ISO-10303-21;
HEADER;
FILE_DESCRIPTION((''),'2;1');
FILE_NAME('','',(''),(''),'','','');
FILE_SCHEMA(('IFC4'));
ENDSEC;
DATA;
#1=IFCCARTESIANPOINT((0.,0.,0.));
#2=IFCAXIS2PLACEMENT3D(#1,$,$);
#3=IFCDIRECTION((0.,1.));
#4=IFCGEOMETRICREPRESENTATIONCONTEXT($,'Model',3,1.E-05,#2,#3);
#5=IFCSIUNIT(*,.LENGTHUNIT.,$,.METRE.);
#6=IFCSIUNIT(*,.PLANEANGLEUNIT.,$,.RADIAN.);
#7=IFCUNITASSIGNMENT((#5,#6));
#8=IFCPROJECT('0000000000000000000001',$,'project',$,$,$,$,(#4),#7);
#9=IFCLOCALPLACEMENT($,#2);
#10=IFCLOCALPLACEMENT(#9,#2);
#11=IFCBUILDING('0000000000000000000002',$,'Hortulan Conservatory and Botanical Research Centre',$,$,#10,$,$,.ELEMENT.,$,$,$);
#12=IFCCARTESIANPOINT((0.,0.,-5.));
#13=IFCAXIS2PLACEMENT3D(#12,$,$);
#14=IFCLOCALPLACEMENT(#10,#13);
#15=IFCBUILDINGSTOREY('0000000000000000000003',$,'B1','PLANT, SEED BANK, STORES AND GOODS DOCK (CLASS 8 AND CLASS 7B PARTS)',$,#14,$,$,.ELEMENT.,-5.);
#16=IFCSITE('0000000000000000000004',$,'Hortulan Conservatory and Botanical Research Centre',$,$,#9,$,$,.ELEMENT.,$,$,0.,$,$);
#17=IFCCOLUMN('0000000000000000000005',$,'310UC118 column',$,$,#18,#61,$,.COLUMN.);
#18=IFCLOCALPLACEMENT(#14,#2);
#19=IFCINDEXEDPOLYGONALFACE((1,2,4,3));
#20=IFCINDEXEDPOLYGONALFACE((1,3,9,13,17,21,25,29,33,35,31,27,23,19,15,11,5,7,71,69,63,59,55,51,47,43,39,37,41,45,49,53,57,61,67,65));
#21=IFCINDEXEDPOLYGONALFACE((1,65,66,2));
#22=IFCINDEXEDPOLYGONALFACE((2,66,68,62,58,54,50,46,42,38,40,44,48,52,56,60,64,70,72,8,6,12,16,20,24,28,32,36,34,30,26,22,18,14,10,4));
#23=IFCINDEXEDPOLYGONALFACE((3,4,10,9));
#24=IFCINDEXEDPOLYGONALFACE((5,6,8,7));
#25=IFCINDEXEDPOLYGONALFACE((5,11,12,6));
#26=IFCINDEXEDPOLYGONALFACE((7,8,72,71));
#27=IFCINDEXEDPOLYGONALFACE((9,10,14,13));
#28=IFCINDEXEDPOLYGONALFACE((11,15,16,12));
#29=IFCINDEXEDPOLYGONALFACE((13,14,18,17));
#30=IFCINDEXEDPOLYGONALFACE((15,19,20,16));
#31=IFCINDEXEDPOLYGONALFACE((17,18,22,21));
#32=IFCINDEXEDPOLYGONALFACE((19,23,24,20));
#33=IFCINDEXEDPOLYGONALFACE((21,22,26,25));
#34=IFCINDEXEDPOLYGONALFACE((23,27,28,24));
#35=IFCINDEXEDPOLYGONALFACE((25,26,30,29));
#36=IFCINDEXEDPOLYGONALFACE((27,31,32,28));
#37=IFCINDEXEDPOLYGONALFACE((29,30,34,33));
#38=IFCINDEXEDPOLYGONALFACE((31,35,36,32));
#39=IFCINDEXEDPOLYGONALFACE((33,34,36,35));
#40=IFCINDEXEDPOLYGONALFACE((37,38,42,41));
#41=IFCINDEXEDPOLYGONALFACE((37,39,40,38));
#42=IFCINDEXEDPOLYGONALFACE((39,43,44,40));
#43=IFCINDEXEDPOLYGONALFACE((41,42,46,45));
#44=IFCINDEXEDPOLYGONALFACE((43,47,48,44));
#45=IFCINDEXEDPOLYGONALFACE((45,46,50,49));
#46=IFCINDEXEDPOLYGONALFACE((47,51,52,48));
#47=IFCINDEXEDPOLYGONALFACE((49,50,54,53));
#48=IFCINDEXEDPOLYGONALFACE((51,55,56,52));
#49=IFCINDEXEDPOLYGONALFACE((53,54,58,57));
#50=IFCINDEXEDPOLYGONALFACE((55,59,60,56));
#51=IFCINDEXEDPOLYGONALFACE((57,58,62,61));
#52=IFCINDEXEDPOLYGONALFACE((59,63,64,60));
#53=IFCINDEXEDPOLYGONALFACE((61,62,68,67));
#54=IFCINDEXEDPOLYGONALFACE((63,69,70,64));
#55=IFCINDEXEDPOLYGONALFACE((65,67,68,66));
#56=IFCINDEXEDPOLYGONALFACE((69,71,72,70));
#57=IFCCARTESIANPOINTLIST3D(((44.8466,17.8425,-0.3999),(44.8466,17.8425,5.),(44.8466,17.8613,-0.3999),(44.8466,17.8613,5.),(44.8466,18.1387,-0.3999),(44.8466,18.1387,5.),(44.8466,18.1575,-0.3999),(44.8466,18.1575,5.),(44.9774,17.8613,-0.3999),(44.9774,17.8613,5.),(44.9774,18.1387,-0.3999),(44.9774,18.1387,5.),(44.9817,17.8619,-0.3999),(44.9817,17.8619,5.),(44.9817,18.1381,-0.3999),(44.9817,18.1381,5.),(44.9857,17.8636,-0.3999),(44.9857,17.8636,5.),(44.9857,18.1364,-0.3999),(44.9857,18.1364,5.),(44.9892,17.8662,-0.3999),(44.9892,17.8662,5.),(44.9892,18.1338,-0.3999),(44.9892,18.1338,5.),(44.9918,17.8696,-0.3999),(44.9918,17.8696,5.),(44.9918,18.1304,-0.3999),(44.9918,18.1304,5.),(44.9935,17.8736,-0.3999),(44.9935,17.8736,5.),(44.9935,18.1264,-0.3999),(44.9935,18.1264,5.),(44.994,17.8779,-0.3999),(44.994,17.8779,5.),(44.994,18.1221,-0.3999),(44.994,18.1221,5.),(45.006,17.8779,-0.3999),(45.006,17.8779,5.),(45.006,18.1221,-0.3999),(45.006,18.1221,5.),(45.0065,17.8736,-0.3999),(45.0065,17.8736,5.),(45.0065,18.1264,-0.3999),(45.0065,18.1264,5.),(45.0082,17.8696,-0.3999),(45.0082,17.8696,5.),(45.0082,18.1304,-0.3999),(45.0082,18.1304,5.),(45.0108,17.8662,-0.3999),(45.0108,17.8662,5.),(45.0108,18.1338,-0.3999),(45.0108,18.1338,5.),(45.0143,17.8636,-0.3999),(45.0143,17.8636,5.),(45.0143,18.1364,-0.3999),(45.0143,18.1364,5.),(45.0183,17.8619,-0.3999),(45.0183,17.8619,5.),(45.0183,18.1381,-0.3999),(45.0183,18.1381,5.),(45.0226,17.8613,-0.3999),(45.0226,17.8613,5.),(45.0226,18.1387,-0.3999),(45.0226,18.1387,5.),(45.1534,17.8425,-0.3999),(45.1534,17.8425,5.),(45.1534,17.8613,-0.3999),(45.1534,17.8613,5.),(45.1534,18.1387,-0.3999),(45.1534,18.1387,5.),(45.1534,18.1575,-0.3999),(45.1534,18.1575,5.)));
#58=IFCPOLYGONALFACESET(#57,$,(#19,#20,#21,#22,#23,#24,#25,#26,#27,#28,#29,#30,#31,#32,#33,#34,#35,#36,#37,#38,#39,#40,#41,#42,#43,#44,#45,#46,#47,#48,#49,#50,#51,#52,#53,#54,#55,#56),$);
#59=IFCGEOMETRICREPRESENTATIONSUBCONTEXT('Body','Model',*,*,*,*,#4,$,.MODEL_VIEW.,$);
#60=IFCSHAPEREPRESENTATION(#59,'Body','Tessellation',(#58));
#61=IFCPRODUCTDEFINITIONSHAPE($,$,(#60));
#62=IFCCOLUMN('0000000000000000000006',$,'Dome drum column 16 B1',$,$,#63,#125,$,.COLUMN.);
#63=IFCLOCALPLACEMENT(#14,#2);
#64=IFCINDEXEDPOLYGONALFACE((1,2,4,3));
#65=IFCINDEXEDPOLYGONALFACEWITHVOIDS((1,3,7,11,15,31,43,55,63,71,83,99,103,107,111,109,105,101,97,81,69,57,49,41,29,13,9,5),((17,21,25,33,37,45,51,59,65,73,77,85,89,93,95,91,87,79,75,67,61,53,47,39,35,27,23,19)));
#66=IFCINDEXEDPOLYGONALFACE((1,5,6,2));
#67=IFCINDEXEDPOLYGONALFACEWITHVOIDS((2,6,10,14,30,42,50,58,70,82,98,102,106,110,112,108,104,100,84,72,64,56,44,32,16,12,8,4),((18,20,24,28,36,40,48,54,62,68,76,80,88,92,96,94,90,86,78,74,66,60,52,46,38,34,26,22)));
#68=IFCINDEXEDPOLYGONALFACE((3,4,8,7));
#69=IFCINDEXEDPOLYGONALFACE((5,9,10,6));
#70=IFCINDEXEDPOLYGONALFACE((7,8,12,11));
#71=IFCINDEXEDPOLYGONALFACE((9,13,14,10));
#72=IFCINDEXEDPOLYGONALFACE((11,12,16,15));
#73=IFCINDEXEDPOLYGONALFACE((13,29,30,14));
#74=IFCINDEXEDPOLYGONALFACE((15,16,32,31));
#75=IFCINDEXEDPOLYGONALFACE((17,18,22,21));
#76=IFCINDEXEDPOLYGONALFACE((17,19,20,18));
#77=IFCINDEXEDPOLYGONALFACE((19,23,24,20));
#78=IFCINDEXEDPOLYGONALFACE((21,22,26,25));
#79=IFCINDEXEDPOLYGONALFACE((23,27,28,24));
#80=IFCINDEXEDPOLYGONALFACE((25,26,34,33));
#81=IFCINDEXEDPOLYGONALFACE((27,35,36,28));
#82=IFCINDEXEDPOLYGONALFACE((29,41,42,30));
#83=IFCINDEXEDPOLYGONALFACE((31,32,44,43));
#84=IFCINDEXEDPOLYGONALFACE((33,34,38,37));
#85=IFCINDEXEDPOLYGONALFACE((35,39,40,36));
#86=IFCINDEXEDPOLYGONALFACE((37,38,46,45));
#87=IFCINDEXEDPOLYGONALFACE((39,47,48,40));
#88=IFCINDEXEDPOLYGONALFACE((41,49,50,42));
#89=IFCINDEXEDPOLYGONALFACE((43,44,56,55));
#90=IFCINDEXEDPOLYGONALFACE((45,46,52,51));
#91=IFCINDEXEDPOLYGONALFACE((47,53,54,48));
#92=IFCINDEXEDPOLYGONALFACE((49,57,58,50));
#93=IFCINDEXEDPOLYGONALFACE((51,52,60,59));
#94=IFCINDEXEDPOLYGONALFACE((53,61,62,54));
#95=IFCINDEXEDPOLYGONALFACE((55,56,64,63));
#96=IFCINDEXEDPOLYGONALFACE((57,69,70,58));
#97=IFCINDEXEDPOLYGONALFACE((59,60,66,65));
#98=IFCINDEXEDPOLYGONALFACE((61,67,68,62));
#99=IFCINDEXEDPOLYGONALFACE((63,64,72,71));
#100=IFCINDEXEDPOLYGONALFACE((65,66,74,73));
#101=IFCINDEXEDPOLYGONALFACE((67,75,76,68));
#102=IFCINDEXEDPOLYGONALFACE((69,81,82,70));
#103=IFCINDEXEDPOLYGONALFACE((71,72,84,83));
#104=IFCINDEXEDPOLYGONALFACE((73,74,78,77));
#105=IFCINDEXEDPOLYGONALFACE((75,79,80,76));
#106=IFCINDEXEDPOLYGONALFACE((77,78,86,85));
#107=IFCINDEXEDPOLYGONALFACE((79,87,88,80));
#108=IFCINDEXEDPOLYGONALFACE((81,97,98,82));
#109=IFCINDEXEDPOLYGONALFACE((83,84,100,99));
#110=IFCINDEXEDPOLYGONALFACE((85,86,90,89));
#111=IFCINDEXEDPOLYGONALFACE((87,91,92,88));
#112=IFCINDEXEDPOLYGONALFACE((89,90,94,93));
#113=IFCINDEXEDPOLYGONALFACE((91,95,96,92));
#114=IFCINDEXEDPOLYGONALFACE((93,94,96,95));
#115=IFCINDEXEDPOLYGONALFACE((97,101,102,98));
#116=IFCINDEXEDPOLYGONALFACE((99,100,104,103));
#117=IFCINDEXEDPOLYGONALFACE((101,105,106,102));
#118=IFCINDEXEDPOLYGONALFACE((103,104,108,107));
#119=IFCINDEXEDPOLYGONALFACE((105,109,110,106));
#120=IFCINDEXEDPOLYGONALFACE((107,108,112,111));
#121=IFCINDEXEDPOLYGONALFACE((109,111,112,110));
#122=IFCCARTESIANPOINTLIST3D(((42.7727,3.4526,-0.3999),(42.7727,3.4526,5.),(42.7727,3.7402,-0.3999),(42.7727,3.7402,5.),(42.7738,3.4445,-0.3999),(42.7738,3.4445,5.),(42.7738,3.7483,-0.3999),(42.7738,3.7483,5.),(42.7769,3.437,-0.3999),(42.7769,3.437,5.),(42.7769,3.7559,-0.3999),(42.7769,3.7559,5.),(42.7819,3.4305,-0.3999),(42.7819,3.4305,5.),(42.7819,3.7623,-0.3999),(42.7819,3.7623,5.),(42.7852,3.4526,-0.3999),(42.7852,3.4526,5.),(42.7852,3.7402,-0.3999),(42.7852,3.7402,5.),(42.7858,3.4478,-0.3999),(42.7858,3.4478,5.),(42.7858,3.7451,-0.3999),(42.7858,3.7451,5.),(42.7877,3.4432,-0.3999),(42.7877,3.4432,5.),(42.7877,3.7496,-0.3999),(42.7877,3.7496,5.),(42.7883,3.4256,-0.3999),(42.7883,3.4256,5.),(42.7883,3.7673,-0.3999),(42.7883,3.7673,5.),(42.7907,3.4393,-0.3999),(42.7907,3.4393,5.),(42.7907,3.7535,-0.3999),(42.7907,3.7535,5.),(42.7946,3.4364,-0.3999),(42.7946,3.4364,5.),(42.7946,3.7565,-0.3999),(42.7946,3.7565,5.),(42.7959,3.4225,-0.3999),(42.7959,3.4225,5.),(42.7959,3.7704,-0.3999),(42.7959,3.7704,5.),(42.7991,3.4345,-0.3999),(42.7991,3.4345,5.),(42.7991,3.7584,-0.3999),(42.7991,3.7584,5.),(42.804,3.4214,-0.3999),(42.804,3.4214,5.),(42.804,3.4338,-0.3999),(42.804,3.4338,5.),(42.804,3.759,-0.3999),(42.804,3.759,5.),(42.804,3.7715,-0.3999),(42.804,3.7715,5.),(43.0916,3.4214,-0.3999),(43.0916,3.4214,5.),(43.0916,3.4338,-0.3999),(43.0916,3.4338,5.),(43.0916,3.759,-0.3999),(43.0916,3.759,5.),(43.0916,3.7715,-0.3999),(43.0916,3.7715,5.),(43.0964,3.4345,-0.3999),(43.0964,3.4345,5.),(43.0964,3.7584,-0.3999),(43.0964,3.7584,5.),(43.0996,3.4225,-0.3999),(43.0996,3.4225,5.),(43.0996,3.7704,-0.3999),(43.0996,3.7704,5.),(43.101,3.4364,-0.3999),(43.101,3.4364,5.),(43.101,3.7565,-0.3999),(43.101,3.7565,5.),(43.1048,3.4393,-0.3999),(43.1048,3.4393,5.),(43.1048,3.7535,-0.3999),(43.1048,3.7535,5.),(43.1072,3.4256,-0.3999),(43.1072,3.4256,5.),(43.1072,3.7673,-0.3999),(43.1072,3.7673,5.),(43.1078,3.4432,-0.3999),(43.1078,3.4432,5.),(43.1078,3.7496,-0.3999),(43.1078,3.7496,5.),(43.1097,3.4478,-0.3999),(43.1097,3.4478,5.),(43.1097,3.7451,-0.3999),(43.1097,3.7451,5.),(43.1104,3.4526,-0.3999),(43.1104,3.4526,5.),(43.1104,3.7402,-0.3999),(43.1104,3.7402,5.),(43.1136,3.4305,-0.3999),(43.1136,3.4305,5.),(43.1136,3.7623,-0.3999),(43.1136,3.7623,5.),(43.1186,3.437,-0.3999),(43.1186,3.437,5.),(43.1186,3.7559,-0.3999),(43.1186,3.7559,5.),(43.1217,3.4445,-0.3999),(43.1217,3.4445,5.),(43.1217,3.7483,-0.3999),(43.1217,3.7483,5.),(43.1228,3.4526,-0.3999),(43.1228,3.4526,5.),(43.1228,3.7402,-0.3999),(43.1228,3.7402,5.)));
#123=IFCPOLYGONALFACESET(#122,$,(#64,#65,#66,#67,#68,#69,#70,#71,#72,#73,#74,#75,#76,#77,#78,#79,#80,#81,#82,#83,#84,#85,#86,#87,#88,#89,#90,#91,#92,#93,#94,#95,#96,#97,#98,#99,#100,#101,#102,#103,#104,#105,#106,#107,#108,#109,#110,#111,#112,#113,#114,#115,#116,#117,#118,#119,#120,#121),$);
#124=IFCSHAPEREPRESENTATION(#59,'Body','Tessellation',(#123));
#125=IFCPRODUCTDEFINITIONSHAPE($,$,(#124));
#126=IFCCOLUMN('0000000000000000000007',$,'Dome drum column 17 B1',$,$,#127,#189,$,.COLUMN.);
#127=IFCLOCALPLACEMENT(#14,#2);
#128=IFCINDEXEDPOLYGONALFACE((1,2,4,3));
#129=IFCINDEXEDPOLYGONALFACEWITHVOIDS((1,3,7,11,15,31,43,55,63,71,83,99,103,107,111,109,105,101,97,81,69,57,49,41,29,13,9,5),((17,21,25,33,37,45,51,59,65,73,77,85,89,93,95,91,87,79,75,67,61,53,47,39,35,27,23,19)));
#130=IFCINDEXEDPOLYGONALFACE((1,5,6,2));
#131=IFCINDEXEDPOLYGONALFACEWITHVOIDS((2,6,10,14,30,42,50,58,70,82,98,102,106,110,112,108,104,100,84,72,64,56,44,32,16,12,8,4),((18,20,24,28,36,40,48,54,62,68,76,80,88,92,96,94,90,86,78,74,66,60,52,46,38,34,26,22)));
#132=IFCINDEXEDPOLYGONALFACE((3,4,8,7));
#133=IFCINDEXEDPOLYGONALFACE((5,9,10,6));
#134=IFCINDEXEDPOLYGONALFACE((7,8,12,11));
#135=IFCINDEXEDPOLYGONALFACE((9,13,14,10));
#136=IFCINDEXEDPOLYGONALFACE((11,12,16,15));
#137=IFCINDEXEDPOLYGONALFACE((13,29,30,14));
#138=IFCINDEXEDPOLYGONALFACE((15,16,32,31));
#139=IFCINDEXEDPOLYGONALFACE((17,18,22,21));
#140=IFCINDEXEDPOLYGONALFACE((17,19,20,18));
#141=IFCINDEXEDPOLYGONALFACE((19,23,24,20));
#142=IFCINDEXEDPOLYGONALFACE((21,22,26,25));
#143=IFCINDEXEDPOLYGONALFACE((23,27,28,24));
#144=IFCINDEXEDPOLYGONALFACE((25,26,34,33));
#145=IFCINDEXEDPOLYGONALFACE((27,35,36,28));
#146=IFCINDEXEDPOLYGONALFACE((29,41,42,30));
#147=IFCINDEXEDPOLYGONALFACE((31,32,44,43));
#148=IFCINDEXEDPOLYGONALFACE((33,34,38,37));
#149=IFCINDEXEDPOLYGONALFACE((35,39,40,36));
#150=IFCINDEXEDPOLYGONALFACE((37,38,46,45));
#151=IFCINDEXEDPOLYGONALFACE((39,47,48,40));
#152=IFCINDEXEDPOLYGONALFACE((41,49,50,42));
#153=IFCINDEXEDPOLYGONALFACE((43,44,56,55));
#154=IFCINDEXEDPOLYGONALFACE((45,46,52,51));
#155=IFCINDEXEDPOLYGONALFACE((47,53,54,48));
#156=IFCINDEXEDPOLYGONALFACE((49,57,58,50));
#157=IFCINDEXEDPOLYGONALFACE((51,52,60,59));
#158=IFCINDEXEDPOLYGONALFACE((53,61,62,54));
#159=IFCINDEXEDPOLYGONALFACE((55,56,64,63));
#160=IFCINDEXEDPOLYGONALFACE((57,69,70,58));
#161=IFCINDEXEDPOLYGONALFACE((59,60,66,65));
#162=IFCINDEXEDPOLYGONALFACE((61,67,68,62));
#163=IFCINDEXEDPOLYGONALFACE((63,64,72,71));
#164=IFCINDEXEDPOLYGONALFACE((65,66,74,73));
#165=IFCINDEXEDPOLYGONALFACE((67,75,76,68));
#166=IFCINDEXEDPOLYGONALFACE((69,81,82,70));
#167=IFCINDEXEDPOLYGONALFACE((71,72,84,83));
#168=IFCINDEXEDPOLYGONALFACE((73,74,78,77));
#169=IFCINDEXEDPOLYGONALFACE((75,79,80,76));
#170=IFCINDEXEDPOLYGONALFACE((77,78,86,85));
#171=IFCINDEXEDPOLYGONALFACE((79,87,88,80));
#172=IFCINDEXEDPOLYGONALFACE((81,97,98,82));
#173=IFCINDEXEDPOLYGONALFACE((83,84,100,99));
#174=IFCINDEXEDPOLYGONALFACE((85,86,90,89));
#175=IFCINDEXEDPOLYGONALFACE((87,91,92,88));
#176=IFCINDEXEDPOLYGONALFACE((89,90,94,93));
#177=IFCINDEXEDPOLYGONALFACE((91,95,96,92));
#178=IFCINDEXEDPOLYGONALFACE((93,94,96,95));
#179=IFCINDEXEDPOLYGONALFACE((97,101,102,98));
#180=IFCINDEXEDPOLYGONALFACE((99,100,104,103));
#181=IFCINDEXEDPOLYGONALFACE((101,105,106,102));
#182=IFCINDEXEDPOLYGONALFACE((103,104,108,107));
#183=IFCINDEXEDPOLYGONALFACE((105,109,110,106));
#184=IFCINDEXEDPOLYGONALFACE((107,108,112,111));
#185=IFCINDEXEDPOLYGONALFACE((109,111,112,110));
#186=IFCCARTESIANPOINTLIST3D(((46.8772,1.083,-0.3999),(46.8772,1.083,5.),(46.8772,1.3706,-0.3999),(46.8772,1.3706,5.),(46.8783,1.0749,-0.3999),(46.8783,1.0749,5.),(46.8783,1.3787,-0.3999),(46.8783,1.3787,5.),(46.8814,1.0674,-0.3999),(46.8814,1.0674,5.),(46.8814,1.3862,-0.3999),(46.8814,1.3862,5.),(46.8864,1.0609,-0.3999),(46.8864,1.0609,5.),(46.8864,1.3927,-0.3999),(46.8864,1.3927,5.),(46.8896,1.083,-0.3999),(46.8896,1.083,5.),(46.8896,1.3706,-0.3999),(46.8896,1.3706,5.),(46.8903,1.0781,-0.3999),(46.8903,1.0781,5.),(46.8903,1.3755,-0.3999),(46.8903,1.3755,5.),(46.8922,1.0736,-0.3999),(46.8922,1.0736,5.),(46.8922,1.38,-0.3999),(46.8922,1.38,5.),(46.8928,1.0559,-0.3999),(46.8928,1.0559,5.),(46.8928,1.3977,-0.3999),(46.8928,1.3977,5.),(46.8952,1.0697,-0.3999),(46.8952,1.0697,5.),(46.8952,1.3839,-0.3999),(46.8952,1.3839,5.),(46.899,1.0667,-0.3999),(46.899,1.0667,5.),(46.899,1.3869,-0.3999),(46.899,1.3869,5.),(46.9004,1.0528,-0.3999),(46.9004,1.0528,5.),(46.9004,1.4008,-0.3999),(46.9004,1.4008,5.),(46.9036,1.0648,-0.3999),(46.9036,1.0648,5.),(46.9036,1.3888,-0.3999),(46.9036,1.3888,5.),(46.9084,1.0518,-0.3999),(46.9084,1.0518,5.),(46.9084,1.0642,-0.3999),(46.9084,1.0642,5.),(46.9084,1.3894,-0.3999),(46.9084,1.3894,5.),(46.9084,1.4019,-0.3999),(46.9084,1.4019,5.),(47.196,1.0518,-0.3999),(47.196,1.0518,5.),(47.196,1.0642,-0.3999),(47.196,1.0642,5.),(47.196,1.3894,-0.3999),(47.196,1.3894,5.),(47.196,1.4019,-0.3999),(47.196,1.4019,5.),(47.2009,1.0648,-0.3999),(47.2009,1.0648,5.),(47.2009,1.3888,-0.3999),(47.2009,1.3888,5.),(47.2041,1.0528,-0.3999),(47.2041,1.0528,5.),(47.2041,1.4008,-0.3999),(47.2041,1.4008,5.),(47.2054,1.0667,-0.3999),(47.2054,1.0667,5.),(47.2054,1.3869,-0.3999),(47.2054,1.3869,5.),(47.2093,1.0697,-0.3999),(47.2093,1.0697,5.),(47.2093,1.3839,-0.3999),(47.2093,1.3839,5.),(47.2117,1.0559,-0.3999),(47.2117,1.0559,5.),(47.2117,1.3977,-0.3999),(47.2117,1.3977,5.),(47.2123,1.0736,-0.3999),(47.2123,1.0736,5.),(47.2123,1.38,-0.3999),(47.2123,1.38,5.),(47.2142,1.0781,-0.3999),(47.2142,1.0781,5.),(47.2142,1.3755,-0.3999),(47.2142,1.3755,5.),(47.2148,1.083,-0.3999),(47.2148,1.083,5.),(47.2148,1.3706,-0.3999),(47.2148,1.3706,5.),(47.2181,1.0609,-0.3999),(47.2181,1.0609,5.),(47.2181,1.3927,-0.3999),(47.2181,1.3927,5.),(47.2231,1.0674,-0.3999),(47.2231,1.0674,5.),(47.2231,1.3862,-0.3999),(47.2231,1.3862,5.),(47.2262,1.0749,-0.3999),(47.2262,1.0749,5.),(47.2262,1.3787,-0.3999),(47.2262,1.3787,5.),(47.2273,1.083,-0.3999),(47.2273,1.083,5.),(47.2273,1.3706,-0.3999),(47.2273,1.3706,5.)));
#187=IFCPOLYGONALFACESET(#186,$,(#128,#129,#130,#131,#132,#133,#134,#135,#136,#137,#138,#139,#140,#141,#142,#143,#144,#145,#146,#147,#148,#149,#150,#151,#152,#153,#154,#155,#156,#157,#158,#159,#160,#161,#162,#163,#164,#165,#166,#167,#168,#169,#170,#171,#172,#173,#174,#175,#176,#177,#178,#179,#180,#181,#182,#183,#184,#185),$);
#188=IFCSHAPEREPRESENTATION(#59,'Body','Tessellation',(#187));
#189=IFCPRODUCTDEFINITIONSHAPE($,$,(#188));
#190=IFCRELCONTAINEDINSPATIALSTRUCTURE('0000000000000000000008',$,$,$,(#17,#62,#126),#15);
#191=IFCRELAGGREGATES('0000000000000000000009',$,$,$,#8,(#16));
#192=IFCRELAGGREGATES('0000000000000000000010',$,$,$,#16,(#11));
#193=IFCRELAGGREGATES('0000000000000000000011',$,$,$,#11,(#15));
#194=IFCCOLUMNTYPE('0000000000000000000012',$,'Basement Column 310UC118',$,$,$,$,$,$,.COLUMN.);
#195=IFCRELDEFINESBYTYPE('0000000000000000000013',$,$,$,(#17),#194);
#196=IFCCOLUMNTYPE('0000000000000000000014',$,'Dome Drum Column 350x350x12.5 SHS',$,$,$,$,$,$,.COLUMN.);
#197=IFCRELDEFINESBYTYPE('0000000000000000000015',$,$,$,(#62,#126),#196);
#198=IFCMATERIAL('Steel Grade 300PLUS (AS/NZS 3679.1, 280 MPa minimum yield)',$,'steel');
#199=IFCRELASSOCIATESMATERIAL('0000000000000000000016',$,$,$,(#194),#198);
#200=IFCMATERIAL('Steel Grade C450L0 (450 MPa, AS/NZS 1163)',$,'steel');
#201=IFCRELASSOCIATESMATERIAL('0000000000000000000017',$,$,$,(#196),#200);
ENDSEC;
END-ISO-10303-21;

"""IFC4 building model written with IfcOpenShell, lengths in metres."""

from ifc_helpers import new_model, si_unit, direction, frame, origin, origin_2d, place, context, subcontext, project, spatial, hollow_rectangle, i_section, extrude, material, material_profile, profile_set, type_object, element, save


model = new_model("IFC4")

# Units and contexts
model_context = context("Model", 3, precision=1e-05, world=origin(), true_north=direction((0.0, 1.0)))
body_context = subcontext(model_context, "Body", "Model", "MODEL_VIEW")
ifc_project = project(units=[si_unit("LENGTHUNIT", "METRE"), si_unit("PLANEANGLEUNIT", "RADIAN")], contexts=[model_context])

# Site, building, storey
site_placement = place(None, origin())
site = spatial("IfcSite", under=ifc_project, at=site_placement, Name="Hortulan Conservatory and Botanical Research Centre", CompositionType="ELEMENT", RefElevation=0.0)
building_placement = place(site_placement, origin())
building = spatial("IfcBuilding", under=site, at=building_placement, Name="Hortulan Conservatory and Botanical Research Centre", CompositionType="ELEMENT")
storey_placement = place(building_placement, frame((0.0, 0.0, -5.0)))
storey = spatial("IfcBuildingStorey", under=building, at=storey_placement, Name="B1", Description="PLANT, SEED BANK, STORES AND GOODS DOCK (CLASS 8 AND CLASS 7B PARTS)", CompositionType="ELEMENT", Elevation=-5.0)

# Columns
ifc_material_1 = material(Name="Steel Grade 300PLUS (AS/NZS 3679.1, 280 MPa minimum yield)", Category="steel")
ifc_material_profile_1 = material_profile(ifc_material_1, i_section(OverallWidth=0.3069, OverallDepth=0.3149, WebThickness=0.012, FlangeThickness=0.0188, FilletRadius=0.0166, at=origin_2d()), Name="310UC118")
ifc_profile_set_1 = profile_set([ifc_material_profile_1], Name="Steel Grade 300PLUS (AS/NZS 3679.1, 280 MPa minimum yield)")
column_type_1 = type_object("IfcColumnType", Name="Basement Column 310UC118", PredefinedType="COLUMN", material=ifc_profile_set_1)
for number, where, z_axis, x_axis, name in (
    (1, (45.0, 18.0, -0.3999), (0.0, 0.0, 1.0), (1.0, 0.0, 0.0), "310UC118 column"),
):
    element("IfcColumn", number, at=place(storey_placement, frame(where, z_axis=z_axis, x_axis=x_axis)), inside=storey, type_object=column_type_1, Name=name, PredefinedType="COLUMN", context=body_context, shape_type="SweptSolid", body=[
        extrude(i_section(OverallWidth=0.3069, OverallDepth=0.3149, WebThickness=0.012, FlangeThickness=0.0188, FilletRadius=0.0166, at=origin_2d()), origin(), (0.0, 0.0, 1.0), 5.3999),
    ])
ifc_material_2 = material(Name="Steel Grade C450L0 (450 MPa, AS/NZS 1163)", Category="steel")
ifc_material_profile_2 = material_profile(ifc_material_2, hollow_rectangle(XDim=0.3501, YDim=0.3501, WallThickness=0.0125, InnerFilletRadius=0.0188, OuterFilletRadius=0.0312, at=origin_2d()), Name="350x350x12.5SHS")
ifc_profile_set_2 = profile_set([ifc_material_profile_2], Name="Steel Grade C450L0 (450 MPa, AS/NZS 1163)")
column_type_2 = type_object("IfcColumnType", Name="Dome Drum Column 350x350x12.5 SHS", PredefinedType="COLUMN", material=ifc_profile_set_2)
for number, where, z_axis, x_axis, name in (
    (2, (42.9478, 3.5964, -0.3999), (0.0, 0.0, 1.0), (1.0, 0.0, 0.0), "Dome drum column 16 B1"),
    (3, (47.0522, 1.2268, -0.3999), (0.0, 0.0, 1.0), (1.0, 0.0, 0.0), "Dome drum column 17 B1"),
):
    element("IfcColumn", number, at=place(storey_placement, frame(where, z_axis=z_axis, x_axis=x_axis)), inside=storey, type_object=column_type_2, Name=name, PredefinedType="COLUMN", context=body_context, shape_type="SweptSolid", body=[
        extrude(hollow_rectangle(XDim=0.3501, YDim=0.3501, WallThickness=0.0125, InnerFilletRadius=0.0188, OuterFilletRadius=0.0312, at=origin_2d()), origin(), (0.0, 0.0, 1.0), 5.3999),
    ])

save(model, "model.ifc")
